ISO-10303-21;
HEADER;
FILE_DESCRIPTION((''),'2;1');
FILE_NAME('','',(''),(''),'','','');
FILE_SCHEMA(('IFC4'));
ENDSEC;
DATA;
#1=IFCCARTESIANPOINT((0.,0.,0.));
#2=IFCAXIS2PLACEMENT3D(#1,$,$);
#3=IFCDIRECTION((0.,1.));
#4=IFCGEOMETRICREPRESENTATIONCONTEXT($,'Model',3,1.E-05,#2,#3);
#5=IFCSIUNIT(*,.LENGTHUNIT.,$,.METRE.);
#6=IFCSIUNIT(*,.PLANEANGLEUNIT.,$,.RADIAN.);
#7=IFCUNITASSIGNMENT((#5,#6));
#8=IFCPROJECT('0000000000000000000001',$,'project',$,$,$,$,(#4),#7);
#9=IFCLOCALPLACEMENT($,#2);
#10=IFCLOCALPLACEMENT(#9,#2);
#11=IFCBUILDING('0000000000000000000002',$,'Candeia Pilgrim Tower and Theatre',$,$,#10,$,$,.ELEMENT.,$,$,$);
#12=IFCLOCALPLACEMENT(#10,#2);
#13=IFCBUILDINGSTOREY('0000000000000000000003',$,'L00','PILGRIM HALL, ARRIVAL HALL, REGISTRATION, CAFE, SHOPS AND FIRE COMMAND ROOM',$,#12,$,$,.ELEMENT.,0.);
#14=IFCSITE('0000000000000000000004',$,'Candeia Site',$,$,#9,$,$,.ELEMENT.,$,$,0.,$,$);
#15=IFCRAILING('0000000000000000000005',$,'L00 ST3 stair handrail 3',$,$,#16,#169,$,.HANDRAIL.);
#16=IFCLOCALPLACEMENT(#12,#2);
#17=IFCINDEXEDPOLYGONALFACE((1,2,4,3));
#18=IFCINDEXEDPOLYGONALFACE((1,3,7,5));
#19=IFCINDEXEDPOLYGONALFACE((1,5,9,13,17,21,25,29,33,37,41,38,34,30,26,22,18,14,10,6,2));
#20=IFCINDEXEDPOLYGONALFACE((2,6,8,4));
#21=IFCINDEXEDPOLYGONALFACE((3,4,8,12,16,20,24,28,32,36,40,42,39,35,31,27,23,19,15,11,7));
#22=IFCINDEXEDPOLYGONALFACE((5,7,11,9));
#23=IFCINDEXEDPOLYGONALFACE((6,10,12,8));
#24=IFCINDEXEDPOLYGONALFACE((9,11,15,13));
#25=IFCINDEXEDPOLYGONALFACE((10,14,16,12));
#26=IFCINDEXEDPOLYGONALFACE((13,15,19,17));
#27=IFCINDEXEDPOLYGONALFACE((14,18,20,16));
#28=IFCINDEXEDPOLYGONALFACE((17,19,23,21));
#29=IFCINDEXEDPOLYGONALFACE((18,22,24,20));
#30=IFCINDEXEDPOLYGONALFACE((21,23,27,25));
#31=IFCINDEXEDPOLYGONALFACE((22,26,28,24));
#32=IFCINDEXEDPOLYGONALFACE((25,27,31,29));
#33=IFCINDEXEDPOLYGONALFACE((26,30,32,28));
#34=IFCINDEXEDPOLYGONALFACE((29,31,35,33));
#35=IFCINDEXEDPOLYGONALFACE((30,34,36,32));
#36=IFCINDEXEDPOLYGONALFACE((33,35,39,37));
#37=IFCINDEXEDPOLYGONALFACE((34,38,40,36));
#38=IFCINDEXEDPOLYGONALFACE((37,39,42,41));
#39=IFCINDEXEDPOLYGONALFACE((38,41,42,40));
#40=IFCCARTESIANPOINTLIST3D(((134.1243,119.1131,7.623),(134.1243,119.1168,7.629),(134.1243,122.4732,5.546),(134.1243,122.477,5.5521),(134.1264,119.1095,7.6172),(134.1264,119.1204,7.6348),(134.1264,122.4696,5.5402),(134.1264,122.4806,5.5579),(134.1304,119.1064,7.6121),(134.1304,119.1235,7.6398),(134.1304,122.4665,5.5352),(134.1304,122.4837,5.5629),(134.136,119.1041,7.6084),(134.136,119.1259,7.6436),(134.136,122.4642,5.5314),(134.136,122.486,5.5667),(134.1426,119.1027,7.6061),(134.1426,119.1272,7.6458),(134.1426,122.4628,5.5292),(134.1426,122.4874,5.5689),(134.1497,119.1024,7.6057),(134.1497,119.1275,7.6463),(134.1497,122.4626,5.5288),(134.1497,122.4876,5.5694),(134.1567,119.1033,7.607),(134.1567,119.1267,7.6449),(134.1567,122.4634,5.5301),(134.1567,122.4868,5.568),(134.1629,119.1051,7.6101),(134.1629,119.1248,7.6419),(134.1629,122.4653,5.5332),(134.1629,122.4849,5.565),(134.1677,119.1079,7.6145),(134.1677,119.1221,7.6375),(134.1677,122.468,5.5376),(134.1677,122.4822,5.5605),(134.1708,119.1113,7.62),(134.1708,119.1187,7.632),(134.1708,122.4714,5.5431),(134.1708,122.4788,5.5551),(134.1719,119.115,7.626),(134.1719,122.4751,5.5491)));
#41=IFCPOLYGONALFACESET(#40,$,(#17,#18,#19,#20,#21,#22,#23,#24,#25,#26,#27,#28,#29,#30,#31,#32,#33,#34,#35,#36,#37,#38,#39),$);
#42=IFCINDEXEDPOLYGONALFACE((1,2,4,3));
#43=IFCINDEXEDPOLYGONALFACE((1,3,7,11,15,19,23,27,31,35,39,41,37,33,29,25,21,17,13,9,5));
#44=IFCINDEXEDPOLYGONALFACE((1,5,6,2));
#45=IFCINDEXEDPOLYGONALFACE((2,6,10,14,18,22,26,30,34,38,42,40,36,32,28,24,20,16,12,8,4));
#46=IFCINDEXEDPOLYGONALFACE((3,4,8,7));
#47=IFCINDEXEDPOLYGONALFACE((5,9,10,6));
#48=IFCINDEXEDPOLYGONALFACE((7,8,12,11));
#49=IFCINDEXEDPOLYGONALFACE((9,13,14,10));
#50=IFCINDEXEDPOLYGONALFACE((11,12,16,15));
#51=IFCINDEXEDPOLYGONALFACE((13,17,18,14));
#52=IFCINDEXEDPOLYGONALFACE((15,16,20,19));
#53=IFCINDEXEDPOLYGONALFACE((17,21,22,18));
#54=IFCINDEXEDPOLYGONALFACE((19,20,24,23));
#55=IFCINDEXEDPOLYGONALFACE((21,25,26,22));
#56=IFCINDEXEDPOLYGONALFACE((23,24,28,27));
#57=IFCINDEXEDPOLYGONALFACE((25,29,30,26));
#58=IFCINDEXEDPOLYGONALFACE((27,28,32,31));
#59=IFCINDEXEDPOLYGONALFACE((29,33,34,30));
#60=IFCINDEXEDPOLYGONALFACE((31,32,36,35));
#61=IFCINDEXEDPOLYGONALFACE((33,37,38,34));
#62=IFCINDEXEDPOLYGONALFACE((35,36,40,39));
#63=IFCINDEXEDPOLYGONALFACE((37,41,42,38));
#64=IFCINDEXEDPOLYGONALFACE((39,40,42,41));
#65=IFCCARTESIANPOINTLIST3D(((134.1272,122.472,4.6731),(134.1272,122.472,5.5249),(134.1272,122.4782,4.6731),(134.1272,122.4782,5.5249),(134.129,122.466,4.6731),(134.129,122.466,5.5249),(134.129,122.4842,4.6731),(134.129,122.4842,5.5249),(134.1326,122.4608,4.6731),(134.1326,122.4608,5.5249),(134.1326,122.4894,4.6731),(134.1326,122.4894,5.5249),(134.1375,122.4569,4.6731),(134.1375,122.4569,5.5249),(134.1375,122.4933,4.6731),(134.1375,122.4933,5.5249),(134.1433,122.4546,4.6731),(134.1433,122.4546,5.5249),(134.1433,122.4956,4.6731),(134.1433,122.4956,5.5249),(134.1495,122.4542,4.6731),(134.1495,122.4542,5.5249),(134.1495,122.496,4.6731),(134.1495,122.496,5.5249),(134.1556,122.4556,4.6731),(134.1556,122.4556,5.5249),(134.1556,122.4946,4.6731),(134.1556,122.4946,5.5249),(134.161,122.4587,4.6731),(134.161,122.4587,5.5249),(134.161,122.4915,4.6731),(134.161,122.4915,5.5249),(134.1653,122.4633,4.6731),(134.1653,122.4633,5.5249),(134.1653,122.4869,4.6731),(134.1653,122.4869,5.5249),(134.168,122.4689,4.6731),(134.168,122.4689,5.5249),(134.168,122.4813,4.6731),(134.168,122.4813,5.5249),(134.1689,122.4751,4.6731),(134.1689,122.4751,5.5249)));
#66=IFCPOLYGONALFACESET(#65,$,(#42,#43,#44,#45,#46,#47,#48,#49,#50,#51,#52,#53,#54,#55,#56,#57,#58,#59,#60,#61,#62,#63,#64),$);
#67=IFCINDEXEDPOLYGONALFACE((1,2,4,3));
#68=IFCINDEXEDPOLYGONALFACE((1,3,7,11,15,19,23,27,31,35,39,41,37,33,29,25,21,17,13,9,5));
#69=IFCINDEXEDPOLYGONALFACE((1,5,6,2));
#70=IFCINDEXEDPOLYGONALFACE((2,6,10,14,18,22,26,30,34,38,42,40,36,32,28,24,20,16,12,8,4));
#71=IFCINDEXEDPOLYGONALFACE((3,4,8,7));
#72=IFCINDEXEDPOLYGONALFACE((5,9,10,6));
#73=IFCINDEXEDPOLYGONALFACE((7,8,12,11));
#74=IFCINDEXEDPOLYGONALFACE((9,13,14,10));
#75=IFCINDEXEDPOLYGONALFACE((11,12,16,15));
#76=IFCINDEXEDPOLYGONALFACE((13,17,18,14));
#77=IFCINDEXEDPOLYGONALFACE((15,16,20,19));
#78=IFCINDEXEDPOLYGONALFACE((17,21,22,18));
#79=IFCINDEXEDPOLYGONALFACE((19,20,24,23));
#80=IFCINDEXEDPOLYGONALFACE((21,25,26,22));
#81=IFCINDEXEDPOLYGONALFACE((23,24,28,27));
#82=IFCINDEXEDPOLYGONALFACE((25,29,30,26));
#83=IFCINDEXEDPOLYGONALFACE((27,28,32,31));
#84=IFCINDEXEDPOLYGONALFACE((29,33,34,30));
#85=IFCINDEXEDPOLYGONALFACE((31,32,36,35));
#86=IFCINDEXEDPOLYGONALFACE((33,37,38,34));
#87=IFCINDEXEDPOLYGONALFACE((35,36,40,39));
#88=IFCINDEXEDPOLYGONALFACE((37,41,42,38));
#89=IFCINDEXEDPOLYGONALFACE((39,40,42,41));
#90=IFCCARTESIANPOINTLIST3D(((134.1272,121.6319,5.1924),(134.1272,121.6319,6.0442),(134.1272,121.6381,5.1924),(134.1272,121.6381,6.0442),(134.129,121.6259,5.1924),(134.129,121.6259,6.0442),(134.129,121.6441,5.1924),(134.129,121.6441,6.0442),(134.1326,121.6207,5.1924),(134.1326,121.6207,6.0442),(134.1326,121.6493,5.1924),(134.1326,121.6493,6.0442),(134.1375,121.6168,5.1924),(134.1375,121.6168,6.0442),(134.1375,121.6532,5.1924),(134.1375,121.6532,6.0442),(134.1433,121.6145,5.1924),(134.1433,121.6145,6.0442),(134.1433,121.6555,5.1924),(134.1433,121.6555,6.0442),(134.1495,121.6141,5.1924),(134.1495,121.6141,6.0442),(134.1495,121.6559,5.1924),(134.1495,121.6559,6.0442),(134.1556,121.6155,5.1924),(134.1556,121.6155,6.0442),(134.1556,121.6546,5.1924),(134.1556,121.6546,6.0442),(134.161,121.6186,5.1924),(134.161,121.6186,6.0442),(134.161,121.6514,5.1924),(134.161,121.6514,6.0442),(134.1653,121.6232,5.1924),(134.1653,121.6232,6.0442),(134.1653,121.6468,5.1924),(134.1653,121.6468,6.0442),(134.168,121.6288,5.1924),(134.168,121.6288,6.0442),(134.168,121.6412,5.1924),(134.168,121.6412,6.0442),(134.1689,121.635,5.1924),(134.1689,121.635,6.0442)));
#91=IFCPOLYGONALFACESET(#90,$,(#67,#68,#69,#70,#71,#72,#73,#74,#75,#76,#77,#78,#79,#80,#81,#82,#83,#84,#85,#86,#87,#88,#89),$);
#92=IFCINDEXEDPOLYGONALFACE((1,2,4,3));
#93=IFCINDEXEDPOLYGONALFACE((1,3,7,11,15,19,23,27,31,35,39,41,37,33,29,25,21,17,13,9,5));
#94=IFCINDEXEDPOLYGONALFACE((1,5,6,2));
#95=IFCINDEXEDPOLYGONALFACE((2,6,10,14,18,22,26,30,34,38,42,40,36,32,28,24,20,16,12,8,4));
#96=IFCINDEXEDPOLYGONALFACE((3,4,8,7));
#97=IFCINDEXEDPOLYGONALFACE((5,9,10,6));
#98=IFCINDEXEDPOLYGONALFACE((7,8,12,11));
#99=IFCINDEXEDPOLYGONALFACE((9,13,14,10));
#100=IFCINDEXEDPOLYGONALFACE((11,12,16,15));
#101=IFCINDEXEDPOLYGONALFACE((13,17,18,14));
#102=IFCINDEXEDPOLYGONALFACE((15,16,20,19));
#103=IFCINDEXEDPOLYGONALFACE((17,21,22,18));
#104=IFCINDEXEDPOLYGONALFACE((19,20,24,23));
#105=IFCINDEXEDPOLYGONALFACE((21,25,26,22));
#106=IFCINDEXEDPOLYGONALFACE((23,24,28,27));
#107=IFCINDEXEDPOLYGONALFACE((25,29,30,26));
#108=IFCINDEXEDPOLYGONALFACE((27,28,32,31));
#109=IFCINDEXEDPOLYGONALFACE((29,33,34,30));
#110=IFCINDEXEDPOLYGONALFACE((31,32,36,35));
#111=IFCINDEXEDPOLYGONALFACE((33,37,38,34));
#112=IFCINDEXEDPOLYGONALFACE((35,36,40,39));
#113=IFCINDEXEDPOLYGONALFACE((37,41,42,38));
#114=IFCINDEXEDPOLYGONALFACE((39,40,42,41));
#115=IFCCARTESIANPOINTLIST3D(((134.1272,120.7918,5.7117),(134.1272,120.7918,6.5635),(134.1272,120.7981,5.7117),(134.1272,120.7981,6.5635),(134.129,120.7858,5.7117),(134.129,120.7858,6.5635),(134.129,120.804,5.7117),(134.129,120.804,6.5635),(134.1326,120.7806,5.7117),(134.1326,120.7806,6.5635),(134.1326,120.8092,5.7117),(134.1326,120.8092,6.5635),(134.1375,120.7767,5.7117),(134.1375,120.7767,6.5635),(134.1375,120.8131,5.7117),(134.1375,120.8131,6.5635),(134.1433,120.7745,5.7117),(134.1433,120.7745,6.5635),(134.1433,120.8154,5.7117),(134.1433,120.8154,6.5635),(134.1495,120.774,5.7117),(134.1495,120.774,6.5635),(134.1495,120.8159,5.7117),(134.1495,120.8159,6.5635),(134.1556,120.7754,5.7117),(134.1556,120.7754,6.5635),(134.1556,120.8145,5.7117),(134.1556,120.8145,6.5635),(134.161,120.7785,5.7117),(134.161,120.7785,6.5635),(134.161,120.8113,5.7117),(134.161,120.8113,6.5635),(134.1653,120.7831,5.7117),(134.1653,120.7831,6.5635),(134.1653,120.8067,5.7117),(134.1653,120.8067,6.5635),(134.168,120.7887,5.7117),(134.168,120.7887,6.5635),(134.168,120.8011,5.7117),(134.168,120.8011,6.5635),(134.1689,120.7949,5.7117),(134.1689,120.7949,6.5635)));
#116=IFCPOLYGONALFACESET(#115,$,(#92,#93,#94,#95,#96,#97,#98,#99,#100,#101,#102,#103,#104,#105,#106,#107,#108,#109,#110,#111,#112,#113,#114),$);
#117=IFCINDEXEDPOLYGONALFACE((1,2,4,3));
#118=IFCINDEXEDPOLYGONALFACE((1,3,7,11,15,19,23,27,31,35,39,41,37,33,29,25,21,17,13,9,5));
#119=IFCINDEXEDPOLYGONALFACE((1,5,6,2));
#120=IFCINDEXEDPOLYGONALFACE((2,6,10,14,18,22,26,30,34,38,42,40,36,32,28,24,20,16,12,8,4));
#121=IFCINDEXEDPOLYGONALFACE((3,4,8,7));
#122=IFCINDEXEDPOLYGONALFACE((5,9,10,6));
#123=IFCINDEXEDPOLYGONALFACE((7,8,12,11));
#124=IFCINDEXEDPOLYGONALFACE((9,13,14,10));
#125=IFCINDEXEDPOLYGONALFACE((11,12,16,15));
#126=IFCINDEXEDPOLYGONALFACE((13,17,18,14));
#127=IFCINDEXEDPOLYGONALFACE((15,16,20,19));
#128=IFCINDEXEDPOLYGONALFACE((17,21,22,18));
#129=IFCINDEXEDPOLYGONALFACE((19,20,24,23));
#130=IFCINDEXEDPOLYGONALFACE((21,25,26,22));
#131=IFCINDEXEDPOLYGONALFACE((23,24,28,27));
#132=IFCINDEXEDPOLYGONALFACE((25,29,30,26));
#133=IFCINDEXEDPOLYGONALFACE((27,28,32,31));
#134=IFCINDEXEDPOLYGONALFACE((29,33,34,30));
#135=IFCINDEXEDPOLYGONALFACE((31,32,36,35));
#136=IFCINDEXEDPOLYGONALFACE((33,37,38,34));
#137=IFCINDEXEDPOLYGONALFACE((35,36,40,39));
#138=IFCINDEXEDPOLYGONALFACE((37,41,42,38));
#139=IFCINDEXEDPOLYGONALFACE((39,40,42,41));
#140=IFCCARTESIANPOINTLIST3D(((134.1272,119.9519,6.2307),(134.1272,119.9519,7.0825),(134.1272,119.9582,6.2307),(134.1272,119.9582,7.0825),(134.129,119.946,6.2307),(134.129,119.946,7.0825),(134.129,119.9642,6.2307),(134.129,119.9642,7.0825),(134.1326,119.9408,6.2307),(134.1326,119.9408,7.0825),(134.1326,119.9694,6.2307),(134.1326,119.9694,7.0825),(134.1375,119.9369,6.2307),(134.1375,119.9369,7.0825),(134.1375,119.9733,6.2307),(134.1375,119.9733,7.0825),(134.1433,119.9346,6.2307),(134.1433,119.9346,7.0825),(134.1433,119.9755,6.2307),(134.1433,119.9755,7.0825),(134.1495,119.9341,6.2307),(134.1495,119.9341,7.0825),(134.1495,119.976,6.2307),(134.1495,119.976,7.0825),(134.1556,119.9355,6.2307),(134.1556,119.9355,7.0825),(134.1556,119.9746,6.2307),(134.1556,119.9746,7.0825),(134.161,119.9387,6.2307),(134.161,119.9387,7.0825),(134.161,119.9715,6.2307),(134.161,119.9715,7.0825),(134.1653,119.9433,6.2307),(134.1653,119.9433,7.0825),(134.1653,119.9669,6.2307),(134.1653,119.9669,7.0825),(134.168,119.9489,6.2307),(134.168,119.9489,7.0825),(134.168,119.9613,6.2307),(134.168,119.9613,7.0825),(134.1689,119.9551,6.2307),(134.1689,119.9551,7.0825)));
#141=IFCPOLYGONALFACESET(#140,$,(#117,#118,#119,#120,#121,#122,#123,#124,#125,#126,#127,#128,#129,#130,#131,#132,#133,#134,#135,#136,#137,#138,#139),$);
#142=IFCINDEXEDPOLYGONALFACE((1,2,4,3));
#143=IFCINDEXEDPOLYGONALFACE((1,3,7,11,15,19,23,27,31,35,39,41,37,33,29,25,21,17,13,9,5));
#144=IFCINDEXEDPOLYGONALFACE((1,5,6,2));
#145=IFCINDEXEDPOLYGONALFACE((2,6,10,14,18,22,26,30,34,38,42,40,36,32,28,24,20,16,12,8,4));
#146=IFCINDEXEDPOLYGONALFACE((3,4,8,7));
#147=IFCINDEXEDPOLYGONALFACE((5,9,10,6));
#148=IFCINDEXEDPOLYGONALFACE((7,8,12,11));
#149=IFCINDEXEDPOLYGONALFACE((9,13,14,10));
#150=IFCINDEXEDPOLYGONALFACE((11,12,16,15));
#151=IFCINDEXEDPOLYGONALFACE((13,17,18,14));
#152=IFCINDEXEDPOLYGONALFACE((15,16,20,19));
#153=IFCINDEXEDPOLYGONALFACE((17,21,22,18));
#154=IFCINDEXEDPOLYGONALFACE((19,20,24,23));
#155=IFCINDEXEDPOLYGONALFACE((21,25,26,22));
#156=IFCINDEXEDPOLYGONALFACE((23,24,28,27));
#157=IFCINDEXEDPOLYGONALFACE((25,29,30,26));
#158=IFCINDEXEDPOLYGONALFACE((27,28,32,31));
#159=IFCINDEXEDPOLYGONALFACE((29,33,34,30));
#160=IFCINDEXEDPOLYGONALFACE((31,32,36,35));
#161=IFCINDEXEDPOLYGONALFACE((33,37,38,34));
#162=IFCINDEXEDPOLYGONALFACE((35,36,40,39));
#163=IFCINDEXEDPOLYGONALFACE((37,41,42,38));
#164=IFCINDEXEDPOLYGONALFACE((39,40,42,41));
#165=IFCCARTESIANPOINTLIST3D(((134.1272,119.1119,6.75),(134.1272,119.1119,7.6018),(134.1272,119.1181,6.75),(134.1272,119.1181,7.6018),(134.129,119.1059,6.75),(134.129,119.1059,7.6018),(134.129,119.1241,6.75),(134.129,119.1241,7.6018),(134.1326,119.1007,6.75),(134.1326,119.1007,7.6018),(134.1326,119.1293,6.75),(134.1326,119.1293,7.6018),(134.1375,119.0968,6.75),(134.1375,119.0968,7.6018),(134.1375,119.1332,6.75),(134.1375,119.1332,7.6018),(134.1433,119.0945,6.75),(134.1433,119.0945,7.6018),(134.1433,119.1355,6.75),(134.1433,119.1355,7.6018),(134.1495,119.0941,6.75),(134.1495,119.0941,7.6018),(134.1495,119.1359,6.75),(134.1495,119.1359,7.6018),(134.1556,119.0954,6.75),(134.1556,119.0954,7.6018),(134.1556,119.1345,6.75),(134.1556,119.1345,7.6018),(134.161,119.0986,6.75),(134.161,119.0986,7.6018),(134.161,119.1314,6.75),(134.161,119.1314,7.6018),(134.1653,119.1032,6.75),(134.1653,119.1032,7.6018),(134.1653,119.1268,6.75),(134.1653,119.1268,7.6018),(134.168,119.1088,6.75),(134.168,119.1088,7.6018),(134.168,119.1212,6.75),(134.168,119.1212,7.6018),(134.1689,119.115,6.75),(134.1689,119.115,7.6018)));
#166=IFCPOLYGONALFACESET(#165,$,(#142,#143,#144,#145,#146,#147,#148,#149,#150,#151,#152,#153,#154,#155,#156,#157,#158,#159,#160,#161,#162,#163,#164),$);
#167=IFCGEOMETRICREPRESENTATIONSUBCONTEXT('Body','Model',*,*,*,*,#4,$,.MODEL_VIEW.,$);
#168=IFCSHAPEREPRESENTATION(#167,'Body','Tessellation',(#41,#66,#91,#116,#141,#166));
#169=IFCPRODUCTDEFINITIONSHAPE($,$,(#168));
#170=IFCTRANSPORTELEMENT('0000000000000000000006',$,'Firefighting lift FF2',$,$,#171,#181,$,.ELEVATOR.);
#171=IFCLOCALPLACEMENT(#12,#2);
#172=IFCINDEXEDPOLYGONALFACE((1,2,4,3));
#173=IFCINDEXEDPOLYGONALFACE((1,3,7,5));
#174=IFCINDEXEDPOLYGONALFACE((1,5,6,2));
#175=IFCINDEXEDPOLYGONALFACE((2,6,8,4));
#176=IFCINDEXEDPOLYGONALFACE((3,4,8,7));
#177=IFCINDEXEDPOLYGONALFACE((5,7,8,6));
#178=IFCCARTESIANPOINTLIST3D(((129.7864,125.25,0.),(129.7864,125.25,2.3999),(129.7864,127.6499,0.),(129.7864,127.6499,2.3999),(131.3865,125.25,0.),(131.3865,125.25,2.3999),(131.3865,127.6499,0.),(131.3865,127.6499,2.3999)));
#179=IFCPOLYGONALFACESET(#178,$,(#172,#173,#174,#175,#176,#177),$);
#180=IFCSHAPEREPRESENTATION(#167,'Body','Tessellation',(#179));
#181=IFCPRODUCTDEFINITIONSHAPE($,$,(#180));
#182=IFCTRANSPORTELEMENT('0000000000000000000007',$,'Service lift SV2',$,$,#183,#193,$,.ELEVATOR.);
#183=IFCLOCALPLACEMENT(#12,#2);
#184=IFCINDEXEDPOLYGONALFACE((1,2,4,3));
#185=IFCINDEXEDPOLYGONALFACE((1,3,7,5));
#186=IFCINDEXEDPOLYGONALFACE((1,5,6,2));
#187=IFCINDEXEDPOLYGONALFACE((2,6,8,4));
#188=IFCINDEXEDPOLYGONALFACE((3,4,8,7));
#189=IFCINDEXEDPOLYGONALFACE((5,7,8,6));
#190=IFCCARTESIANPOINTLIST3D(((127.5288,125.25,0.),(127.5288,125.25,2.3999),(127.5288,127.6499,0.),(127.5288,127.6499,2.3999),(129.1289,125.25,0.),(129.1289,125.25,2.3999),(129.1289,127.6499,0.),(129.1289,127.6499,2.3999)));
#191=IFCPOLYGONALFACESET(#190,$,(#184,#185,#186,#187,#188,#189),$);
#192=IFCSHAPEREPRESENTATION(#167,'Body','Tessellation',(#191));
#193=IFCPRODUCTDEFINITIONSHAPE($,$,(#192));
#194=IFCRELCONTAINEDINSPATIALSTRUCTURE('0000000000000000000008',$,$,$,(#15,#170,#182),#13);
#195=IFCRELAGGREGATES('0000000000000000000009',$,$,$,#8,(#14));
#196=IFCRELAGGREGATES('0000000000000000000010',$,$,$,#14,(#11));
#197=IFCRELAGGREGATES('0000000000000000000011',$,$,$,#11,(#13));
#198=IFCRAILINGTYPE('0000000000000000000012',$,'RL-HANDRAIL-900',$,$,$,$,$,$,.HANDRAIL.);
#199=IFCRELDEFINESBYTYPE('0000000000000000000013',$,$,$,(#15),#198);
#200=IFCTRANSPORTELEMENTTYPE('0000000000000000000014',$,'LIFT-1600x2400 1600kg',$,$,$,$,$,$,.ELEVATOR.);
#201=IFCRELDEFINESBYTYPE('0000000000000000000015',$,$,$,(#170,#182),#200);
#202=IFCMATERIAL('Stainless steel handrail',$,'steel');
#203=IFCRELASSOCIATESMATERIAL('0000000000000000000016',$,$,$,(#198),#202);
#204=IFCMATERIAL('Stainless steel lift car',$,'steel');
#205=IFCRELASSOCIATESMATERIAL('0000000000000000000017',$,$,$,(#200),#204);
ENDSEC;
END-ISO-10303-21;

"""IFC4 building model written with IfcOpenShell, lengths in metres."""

from ifc_helpers import new_model, si_unit, direction, frame, origin, origin_2d, place, context, subcontext, project, spatial, rectangle, circle, extrude, material, type_object, element, save


model = new_model("IFC4")

# Units and contexts
model_context = context("Model", 3, precision=1e-05, world=origin(), true_north=direction((0.0, 1.0)))
body_context = subcontext(model_context, "Body", "Model", "MODEL_VIEW")
ifc_project = project(units=[si_unit("LENGTHUNIT", "METRE"), si_unit("PLANEANGLEUNIT", "RADIAN")], contexts=[model_context])

# Site, building, storey
site_placement = place(None, origin())
site = spatial("IfcSite", under=ifc_project, at=site_placement, Name="Candeia Site", CompositionType="ELEMENT", RefElevation=0.0)
building_placement = place(site_placement, origin())
building = spatial("IfcBuilding", under=site, at=building_placement, Name="Candeia Pilgrim Tower and Theatre", CompositionType="ELEMENT")
storey_placement = place(building_placement, origin())
storey = spatial("IfcBuildingStorey", under=building, at=storey_placement, Name="L00", Description="PILGRIM HALL, ARRIVAL HALL, REGISTRATION, CAFE, SHOPS AND FIRE COMMAND ROOM", CompositionType="ELEMENT", Elevation=0.0)

# Railing
ifc_material_1 = material(Name="Stainless steel handrail", Category="steel")
railing_type_1 = type_object("IfcRailingType", Name="RL-HANDRAIL-900", PredefinedType="HANDRAIL", material=ifc_material_1)
railing_1_placement = place(storey_placement, frame((134.1479, 122.4751, 4.6731)))
element("IfcRailing", 1, at=railing_1_placement, inside=storey, type_object=railing_type_1, Name="L00 ST3 stair handrail 3", PredefinedType="HANDRAIL", context=body_context, shape_type="SweptSolid", body=[
    extrude(circle(Radius=0.0239, at=origin_2d()), frame((0.0, 0.0, 0.876), z_axis=(0.0, -0.850623, 0.525776), x_axis=(1.0, 0.0, 0.0)), (0.0, 0.0, 1.0), 3.9502),
    extrude(circle(Radius=0.021, at=origin_2d()), origin(), (0.0, 0.0, 1.0), 0.8518),
    extrude(circle(Radius=0.021, at=origin_2d()), frame((0.0, -0.8401, 0.5193)), (0.0, 0.0, 1.0), 0.8518),
    extrude(circle(Radius=0.021, at=origin_2d()), frame((0.0, -1.6802, 1.0386)), (0.0, 0.0, 1.0), 0.8518),
    extrude(circle(Radius=0.021, at=origin_2d()), frame((0.0, -2.52, 1.5576)), (0.0, 0.0, 1.0), 0.8518),
    extrude(circle(Radius=0.021, at=origin_2d()), frame((0.0, -3.3601, 2.0769)), (0.0, 0.0, 1.0), 0.8518),
])

# Transport elements
ifc_material_2 = material(Name="Stainless steel lift car", Category="steel")
transport_element_type = type_object("IfcTransportElementType", Name="LIFT-1600x2400 1600kg", PredefinedType="ELEVATOR", material=ifc_material_2)
for number, where, z_axis, x_axis, name in (
    (2, (130.5864, 126.45, 0.0), (0.0, 0.0, 1.0), (1.0, 0.0, 0.0), "Firefighting lift FF2"),
    (3, (128.3289, 126.45, 0.0), (0.0, 0.0, 1.0), (1.0, 0.0, 0.0), "Service lift SV2"),
):
    element("IfcTransportElement", number, at=place(storey_placement, frame(where, z_axis=z_axis, x_axis=x_axis)), inside=storey, type_object=transport_element_type, Name=name, PredefinedType="ELEVATOR", context=body_context, shape_type="SweptSolid", body=[
        extrude(rectangle(XDim=1.6001, YDim=2.3999, at=origin_2d()), origin(), (0.0, 0.0, 1.0), 2.3999),
    ])

save(model, "model.ifc")
